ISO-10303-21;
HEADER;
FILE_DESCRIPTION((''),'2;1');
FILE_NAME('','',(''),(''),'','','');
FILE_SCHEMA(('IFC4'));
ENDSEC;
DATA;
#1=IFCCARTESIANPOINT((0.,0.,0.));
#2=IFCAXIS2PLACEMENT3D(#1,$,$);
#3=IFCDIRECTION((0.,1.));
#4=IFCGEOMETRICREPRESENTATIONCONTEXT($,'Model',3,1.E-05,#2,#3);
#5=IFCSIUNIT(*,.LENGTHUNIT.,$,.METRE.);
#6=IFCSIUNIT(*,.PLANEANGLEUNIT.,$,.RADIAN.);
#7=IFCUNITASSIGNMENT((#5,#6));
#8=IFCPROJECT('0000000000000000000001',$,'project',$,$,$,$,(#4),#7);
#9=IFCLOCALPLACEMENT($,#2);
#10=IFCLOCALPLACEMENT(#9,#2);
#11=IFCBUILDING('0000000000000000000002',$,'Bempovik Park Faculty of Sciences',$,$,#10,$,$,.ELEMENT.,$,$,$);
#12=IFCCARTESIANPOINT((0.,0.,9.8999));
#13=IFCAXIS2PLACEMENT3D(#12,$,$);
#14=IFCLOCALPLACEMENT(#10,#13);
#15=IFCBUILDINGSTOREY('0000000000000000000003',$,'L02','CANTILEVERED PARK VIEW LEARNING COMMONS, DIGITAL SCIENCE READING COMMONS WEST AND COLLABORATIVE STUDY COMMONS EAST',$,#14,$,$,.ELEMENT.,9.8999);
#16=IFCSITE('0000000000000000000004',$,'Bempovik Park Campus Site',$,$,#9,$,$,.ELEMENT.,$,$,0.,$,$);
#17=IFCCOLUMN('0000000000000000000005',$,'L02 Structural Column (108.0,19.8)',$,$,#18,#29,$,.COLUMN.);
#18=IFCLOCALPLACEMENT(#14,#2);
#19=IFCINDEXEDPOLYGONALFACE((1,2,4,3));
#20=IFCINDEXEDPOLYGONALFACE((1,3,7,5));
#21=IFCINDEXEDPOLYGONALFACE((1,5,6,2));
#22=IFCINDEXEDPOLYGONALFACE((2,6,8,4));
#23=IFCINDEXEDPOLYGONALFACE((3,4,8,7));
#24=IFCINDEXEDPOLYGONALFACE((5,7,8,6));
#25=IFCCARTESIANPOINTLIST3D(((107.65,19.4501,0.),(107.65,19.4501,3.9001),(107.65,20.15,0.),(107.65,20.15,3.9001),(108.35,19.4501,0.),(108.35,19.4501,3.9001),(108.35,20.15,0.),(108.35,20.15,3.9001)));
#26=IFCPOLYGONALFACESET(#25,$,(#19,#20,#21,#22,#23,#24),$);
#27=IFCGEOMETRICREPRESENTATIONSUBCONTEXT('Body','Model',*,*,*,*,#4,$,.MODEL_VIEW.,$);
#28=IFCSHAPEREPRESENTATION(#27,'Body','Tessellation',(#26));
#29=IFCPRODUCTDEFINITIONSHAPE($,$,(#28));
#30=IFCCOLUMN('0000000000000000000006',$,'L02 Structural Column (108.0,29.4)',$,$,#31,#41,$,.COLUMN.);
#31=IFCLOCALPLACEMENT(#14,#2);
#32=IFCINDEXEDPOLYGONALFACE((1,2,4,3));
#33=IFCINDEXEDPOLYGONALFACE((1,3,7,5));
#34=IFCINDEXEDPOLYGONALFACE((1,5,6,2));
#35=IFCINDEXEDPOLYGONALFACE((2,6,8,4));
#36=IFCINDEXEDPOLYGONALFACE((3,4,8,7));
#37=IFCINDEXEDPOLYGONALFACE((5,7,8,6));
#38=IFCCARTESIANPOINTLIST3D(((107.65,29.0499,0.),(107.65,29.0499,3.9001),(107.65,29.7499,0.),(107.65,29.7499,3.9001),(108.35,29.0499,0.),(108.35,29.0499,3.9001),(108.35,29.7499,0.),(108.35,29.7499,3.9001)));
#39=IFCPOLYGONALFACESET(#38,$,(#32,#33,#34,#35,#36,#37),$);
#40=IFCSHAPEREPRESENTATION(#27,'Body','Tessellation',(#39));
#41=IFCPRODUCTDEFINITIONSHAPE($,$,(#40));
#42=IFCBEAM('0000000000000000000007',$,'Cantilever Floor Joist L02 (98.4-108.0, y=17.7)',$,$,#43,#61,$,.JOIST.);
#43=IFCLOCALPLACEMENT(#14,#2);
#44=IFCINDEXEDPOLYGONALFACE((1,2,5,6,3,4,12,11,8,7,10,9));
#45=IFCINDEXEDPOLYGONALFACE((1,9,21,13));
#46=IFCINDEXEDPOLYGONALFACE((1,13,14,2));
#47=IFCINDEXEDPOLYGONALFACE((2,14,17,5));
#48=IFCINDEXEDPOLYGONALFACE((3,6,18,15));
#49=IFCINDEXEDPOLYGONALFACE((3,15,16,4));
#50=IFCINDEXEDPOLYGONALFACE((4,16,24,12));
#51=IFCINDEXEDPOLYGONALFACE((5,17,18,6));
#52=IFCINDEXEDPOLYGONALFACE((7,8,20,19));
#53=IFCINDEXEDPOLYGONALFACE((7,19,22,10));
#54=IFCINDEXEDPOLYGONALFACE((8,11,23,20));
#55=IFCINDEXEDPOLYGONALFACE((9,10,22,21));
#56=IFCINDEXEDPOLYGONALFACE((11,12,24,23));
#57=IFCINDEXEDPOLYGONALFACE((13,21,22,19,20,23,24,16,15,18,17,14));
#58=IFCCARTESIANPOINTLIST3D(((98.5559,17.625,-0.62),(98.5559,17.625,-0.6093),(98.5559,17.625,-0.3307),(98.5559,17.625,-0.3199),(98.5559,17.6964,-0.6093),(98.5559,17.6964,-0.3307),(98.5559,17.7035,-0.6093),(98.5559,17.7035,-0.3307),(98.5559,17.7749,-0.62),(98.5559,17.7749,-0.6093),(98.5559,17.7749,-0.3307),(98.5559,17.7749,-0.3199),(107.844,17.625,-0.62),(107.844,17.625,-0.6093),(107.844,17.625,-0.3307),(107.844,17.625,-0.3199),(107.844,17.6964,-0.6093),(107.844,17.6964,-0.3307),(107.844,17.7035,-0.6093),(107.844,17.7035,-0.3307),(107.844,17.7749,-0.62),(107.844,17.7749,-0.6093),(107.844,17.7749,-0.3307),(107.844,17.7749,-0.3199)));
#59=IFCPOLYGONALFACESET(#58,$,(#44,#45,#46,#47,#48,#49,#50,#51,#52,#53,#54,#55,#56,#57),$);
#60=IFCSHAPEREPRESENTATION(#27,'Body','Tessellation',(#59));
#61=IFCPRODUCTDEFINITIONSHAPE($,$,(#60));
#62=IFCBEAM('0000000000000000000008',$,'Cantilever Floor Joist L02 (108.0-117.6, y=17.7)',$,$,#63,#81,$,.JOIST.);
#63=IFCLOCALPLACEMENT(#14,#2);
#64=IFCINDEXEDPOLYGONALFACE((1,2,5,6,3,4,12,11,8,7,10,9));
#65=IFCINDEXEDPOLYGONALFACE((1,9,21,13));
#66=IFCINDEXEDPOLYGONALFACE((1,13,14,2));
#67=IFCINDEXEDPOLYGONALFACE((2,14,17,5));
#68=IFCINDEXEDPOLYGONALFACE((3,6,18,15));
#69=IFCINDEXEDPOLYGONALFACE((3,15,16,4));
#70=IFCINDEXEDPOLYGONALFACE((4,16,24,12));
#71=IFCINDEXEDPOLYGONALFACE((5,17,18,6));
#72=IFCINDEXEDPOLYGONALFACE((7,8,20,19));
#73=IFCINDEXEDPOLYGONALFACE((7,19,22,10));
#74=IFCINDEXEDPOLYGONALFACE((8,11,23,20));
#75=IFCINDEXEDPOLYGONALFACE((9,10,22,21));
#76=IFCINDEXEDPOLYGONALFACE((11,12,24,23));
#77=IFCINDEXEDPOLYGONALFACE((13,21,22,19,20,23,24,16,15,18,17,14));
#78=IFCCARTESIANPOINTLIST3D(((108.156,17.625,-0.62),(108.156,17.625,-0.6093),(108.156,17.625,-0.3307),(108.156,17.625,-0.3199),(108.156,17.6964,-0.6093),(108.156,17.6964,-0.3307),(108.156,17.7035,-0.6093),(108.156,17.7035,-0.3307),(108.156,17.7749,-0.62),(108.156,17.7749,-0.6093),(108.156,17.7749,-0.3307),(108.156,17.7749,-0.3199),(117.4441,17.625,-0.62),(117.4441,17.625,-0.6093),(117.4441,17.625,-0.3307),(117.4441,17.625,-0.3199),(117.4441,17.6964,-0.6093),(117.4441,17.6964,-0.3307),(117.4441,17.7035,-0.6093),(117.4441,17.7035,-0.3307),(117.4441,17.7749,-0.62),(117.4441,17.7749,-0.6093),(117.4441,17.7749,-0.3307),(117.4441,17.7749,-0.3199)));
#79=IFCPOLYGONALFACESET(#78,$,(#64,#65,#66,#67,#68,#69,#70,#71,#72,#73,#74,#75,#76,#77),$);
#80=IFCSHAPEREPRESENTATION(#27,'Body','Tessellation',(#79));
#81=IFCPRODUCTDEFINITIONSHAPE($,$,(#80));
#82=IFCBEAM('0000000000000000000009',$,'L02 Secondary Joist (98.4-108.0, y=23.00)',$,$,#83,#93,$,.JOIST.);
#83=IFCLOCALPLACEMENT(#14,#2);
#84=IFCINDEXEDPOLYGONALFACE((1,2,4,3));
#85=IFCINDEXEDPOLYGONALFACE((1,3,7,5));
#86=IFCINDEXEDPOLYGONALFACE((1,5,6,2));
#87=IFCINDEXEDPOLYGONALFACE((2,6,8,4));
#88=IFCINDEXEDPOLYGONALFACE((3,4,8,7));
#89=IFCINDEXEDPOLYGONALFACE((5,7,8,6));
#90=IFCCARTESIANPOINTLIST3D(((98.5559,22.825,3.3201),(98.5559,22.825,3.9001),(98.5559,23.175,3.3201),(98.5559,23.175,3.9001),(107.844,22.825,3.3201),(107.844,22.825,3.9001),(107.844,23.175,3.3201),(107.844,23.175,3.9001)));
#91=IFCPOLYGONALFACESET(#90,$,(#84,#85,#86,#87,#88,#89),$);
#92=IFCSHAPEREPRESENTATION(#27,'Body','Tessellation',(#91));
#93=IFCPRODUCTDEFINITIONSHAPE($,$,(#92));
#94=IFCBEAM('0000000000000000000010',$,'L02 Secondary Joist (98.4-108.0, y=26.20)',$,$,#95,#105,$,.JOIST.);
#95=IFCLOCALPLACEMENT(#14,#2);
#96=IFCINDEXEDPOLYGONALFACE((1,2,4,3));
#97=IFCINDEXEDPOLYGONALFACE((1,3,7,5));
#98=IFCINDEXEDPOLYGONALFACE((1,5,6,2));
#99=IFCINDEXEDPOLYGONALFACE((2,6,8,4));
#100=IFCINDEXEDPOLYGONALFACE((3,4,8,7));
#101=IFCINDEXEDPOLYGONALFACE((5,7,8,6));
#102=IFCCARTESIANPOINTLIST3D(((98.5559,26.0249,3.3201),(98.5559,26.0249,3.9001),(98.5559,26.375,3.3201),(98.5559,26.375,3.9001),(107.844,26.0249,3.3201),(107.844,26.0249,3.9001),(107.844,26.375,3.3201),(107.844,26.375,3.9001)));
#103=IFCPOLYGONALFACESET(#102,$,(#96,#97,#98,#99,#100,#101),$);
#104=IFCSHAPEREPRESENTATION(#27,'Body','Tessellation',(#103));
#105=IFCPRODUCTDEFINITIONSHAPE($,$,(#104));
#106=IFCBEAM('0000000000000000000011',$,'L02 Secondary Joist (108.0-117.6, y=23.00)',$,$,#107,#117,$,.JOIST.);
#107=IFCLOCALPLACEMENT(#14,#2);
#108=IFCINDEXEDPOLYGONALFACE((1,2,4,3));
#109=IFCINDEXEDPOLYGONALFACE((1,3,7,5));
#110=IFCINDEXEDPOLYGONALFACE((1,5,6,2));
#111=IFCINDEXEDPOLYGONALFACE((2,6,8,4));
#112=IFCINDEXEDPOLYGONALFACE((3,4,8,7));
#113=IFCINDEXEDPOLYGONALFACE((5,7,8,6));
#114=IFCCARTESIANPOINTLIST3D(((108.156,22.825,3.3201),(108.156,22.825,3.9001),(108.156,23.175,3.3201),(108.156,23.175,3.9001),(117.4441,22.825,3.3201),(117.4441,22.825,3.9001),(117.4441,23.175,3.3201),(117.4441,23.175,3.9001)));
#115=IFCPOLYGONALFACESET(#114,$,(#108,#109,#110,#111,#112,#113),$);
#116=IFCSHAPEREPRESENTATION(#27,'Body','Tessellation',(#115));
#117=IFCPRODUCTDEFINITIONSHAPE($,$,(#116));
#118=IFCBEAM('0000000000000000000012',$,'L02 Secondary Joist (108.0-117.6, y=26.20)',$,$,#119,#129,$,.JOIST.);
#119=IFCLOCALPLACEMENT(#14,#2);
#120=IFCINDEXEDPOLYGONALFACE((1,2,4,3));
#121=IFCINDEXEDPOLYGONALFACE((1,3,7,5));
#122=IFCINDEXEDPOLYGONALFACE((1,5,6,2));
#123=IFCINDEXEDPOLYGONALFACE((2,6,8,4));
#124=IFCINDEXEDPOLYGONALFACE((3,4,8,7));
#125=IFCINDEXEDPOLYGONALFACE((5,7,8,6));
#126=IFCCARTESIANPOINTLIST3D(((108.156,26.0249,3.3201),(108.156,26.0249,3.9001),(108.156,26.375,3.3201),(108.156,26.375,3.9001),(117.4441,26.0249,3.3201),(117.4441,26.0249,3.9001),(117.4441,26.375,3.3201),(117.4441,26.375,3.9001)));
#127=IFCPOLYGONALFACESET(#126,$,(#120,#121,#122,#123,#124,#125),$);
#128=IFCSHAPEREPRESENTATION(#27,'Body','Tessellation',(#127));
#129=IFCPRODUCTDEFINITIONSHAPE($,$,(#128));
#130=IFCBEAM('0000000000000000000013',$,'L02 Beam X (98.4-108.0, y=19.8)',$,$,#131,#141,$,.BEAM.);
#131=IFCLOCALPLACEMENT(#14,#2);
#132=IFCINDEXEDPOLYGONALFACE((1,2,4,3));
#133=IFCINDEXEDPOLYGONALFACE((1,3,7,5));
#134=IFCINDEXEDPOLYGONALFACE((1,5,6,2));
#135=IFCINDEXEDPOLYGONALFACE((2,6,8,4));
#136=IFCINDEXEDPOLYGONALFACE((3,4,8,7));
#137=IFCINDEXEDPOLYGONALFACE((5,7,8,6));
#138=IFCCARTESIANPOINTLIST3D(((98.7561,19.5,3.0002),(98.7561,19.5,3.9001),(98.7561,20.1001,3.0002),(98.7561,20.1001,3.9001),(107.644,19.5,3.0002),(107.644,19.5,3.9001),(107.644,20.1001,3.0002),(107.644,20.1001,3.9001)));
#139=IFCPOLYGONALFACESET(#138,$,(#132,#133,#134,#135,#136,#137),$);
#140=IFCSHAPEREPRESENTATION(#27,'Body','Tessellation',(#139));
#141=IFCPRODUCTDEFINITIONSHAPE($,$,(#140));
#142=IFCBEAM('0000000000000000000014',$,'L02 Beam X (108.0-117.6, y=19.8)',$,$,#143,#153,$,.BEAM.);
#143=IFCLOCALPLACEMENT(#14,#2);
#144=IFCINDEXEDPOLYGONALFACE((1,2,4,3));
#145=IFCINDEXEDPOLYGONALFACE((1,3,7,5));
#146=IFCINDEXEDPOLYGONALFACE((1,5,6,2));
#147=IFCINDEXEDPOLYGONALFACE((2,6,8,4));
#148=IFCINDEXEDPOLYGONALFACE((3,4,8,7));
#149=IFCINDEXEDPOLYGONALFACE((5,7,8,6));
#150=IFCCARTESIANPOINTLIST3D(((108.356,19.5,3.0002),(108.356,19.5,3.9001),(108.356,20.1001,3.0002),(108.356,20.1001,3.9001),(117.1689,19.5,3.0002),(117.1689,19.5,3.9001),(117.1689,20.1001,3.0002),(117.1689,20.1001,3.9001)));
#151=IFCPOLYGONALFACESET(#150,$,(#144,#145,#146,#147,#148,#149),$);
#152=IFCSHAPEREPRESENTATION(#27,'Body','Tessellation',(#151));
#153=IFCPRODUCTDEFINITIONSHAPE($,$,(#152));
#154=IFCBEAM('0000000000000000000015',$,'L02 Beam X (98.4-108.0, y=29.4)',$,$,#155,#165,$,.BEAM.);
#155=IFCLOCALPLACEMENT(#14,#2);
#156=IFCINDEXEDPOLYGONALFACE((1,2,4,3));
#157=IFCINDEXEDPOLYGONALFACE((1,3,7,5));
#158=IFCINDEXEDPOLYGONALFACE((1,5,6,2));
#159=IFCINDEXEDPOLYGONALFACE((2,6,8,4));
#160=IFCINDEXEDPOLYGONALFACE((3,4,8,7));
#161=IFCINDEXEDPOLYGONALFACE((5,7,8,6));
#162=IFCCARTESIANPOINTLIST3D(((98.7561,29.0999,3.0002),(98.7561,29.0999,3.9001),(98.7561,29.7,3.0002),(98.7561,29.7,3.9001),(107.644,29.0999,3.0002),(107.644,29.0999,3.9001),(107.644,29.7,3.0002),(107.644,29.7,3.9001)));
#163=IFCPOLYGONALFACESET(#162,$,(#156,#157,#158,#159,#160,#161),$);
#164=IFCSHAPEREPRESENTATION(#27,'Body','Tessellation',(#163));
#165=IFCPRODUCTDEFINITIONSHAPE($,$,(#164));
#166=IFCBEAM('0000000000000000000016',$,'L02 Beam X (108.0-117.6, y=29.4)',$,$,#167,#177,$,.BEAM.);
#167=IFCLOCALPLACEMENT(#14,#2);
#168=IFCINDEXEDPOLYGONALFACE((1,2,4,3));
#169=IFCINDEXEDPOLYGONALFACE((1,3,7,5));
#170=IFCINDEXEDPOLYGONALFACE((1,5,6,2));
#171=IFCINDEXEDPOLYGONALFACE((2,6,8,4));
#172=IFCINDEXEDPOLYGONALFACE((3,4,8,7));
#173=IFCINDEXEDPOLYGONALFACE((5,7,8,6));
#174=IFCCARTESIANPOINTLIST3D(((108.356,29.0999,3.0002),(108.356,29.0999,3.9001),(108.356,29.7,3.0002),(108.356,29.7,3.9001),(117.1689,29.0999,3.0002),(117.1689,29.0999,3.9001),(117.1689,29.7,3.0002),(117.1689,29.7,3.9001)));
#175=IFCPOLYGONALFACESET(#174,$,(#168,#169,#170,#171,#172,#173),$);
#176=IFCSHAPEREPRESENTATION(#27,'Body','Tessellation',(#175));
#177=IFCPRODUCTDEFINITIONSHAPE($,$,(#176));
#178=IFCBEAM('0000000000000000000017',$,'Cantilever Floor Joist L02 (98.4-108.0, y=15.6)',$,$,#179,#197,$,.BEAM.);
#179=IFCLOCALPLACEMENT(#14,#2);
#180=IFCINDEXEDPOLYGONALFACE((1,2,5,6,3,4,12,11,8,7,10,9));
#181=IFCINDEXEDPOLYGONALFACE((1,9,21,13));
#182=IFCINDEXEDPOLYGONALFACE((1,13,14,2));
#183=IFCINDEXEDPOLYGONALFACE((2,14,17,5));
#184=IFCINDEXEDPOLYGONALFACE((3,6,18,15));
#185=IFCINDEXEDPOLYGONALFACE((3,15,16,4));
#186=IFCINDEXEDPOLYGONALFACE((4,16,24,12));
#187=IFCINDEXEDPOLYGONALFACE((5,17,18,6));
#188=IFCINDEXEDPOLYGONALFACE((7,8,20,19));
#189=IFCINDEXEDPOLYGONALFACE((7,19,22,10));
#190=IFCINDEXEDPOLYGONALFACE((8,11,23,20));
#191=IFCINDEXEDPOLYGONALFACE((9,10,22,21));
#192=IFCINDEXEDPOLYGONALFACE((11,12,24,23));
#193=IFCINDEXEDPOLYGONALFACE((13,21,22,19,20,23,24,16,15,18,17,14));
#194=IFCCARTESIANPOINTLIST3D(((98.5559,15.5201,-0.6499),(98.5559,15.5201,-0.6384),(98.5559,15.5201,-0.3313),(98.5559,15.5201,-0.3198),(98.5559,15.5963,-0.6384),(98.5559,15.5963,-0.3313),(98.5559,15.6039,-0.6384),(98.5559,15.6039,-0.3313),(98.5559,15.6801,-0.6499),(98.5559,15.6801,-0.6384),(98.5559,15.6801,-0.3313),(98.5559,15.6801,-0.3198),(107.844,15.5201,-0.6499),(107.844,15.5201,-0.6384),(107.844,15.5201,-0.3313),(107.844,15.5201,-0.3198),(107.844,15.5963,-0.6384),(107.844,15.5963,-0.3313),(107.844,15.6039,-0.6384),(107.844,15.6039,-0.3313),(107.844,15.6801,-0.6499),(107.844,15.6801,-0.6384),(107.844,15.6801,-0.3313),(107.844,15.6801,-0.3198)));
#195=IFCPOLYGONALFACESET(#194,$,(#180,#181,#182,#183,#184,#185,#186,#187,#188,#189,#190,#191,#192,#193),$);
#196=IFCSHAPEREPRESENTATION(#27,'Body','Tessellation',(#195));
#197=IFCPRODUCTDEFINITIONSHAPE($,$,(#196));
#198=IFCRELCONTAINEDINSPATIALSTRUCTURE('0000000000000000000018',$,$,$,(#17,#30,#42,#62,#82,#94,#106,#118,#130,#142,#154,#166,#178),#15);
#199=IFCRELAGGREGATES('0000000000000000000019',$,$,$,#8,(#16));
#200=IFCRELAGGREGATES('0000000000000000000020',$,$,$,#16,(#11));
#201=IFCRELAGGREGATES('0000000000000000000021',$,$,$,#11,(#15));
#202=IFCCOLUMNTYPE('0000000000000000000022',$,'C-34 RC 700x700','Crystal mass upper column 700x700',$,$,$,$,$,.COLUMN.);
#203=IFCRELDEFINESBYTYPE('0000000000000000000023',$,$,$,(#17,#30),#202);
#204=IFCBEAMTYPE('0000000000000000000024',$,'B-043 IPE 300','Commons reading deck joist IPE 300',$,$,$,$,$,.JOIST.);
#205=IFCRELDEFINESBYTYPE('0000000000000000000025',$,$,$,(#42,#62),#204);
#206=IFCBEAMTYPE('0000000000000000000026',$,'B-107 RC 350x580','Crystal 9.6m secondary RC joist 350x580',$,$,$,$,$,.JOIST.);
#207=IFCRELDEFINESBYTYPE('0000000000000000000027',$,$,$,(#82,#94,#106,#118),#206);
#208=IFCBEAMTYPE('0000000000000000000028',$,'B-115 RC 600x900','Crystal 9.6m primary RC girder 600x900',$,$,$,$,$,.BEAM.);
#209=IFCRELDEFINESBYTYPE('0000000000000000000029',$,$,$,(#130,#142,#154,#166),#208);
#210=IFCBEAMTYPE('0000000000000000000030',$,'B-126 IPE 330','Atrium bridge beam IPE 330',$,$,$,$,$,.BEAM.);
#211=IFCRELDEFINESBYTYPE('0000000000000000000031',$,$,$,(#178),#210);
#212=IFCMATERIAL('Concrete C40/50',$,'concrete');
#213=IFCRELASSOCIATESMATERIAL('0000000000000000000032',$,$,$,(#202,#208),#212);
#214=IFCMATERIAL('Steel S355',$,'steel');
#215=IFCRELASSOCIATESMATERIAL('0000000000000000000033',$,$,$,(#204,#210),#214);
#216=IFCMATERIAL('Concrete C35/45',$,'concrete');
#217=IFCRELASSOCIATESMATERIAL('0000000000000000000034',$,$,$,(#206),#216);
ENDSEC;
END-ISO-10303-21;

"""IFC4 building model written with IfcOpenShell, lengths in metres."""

from ifc_helpers import new_model, si_unit, direction, frame, origin, origin_2d, place, context, subcontext, project, spatial, rectangle, i_section, extrude, material, material_profile, profile_set, type_object, element, save


model = new_model("IFC4")

# Units and contexts
model_context = context("Model", 3, precision=1e-05, world=origin(), true_north=direction((0.0, 1.0)))
body_context = subcontext(model_context, "Body", "Model", "MODEL_VIEW")
ifc_project = project(units=[si_unit("LENGTHUNIT", "METRE"), si_unit("PLANEANGLEUNIT", "RADIAN")], contexts=[model_context])

# Site, building, storey
site_placement = place(None, origin())
site = spatial("IfcSite", under=ifc_project, at=site_placement, Name="Bempovik Park Campus Site", CompositionType="ELEMENT", RefElevation=0.0)
building_placement = place(site_placement, origin())
building = spatial("IfcBuilding", under=site, at=building_placement, Name="Bempovik Park Faculty of Sciences", CompositionType="ELEMENT")
storey_placement = place(building_placement, frame((0.0, 0.0, 9.8999)))
storey = spatial("IfcBuildingStorey", under=building, at=storey_placement, Name="L02", Description="CANTILEVERED PARK VIEW LEARNING COMMONS, DIGITAL SCIENCE READING COMMONS WEST AND COLLABORATIVE STUDY COMMONS EAST", CompositionType="ELEMENT", Elevation=9.8999)

# Columns
ifc_material_1 = material(Name="Concrete C40/50", Category="concrete")
ifc_material_profile_1 = material_profile(ifc_material_1, rectangle(XDim=0.7, YDim=0.7, at=origin_2d()), Name="RC 700x700")
ifc_profile_set_1 = profile_set([ifc_material_profile_1], Name="Concrete C40/50")
column_type = type_object("IfcColumnType", Name="C-34 RC 700x700", Description="Crystal mass upper column 700x700", PredefinedType="COLUMN", material=ifc_profile_set_1)
for number, where, z_axis, x_axis, name in (
    (1, (108.0, 19.8, 0.0), (0.0, 0.0, 1.0), (1.0, 0.0, 0.0), "L02 Structural Column (108.0,19.8)"),
    (2, (108.0, 29.3999, 0.0), (0.0, 0.0, 1.0), (1.0, 0.0, 0.0), "L02 Structural Column (108.0,29.4)"),
):
    element("IfcColumn", number, at=place(storey_placement, frame(where, z_axis=z_axis, x_axis=x_axis)), inside=storey, type_object=column_type, Name=name, PredefinedType="COLUMN", context=body_context, shape_type="SweptSolid", body=[
        extrude(rectangle(XDim=0.7, YDim=0.7, at=origin_2d()), origin(), (0.0, 0.0, 1.0), 3.9001),
    ])

# Beams
ifc_material_2 = material(Name="Steel S355", Category="steel")
ifc_material_profile_2 = material_profile(ifc_material_2, i_section(OverallWidth=0.1499, OverallDepth=0.3, WebThickness=0.0071, FlangeThickness=0.0107, at=origin_2d()), Name="IPE 300")
ifc_profile_set_2 = profile_set([ifc_material_profile_2], Name="Steel S355")
beam_type_1 = type_object("IfcBeamType", Name="B-043 IPE 300", Description="Commons reading deck joist IPE 300", PredefinedType="JOIST", material=ifc_profile_set_2)
for number, where, z_axis, x_axis, name in (
    (3, (98.5559, 17.7, -0.47), (1.0, 0.0, 0.0), (0.0, 1.0, 0.0), "Cantilever Floor Joist L02 (98.4-108.0, y=17.7)"),
    (4, (108.156, 17.7, -0.47), (1.0, 0.0, 0.0), (0.0, 1.0, 0.0), "Cantilever Floor Joist L02 (108.0-117.6, y=17.7)"),
):
    element("IfcBeam", number, at=place(storey_placement, frame(where, z_axis=z_axis, x_axis=x_axis)), inside=storey, type_object=beam_type_1, Name=name, PredefinedType="JOIST", context=body_context, shape_type="SweptSolid", body=[
        extrude(i_section(OverallWidth=0.1499, OverallDepth=0.3, WebThickness=0.0071, FlangeThickness=0.0107, at=origin_2d()), origin(), (0.0, 0.0, 1.0), 9.2881),
    ])
ifc_material_3 = material(Name="Concrete C35/45", Category="concrete")
ifc_material_profile_3 = material_profile(ifc_material_3, rectangle(XDim=0.3501, YDim=0.5801, at=origin_2d()), Name="RC 350x580")
ifc_profile_set_3 = profile_set([ifc_material_profile_3], Name="Concrete C35/45")
beam_type_2 = type_object("IfcBeamType", Name="B-107 RC 350x580", Description="Crystal 9.6m secondary RC joist 350x580", PredefinedType="JOIST", material=ifc_profile_set_3)
for number, where, z_axis, x_axis, name in (
    (5, (98.5559, 23.0, 3.6101), (1.0, 0.0, 0.0), (0.0, 1.0, 0.0), "L02 Secondary Joist (98.4-108.0, y=23.00)"),
    (6, (98.5559, 26.2, 3.6101), (1.0, 0.0, 0.0), (0.0, 1.0, 0.0), "L02 Secondary Joist (98.4-108.0, y=26.20)"),
    (7, (108.156, 23.0, 3.6101), (1.0, 0.0, 0.0), (0.0, 1.0, 0.0), "L02 Secondary Joist (108.0-117.6, y=23.00)"),
    (8, (108.156, 26.2, 3.6101), (1.0, 0.0, 0.0), (0.0, 1.0, 0.0), "L02 Secondary Joist (108.0-117.6, y=26.20)"),
):
    element("IfcBeam", number, at=place(storey_placement, frame(where, z_axis=z_axis, x_axis=x_axis)), inside=storey, type_object=beam_type_2, Name=name, PredefinedType="JOIST", context=body_context, shape_type="SweptSolid", body=[
        extrude(rectangle(XDim=0.3501, YDim=0.5801, at=origin_2d()), origin(), (0.0, 0.0, 1.0), 9.2881),
    ])
ifc_material_profile_4 = material_profile(ifc_material_1, rectangle(XDim=0.6001, YDim=0.8999, at=origin_2d()), Name="RC 600x900")
ifc_profile_set_4 = profile_set([ifc_material_profile_4], Name="Concrete C40/50")
beam_type_3 = type_object("IfcBeamType", Name="B-115 RC 600x900", Description="Crystal 9.6m primary RC girder 600x900", PredefinedType="BEAM", material=ifc_profile_set_4)
beam_1_placement = place(storey_placement, frame((98.7561, 19.8, 3.4502), z_axis=(1.0, 0.0, 0.0), x_axis=(0.0, 1.0, 0.0)))
element("IfcBeam", 9, at=beam_1_placement, inside=storey, type_object=beam_type_3, Name="L02 Beam X (98.4-108.0, y=19.8)", PredefinedType="BEAM", context=body_context, shape_type="SweptSolid", body=[
    extrude(rectangle(XDim=0.6001, YDim=0.8999, at=origin_2d()), origin(), (0.0, 0.0, 1.0), 8.8879),
])
beam_2_placement = place(storey_placement, frame((108.356, 19.8, 3.4502), z_axis=(1.0, 0.0, 0.0), x_axis=(0.0, 1.0, 0.0)))
element("IfcBeam", 10, at=beam_2_placement, inside=storey, type_object=beam_type_3, Name="L02 Beam X (108.0-117.6, y=19.8)", PredefinedType="BEAM", context=body_context, shape_type="SweptSolid", body=[
    extrude(rectangle(XDim=0.6001, YDim=0.8999, at=origin_2d()), origin(), (0.0, 0.0, 1.0), 8.813),
])
beam_3_placement = place(storey_placement, frame((98.7561, 29.3999, 3.4502), z_axis=(1.0, 0.0, 0.0), x_axis=(0.0, 1.0, 0.0)))
element("IfcBeam", 11, at=beam_3_placement, inside=storey, type_object=beam_type_3, Name="L02 Beam X (98.4-108.0, y=29.4)", PredefinedType="BEAM", context=body_context, shape_type="SweptSolid", body=[
    extrude(rectangle(XDim=0.6001, YDim=0.8999, at=origin_2d()), origin(), (0.0, 0.0, 1.0), 8.8879),
])
beam_4_placement = place(storey_placement, frame((108.356, 29.3999, 3.4502), z_axis=(1.0, 0.0, 0.0), x_axis=(0.0, 1.0, 0.0)))
element("IfcBeam", 12, at=beam_4_placement, inside=storey, type_object=beam_type_3, Name="L02 Beam X (108.0-117.6, y=29.4)", PredefinedType="BEAM", context=body_context, shape_type="SweptSolid", body=[
    extrude(rectangle(XDim=0.6001, YDim=0.8999, at=origin_2d()), origin(), (0.0, 0.0, 1.0), 8.813),
])
ifc_material_profile_5 = material_profile(ifc_material_2, i_section(OverallWidth=0.1599, OverallDepth=0.3301, WebThickness=0.0076, FlangeThickness=0.0115, at=origin_2d()), Name="IPE 330")
ifc_profile_set_5 = profile_set([ifc_material_profile_5], Name="Steel S355")
beam_type_4 = type_object("IfcBeamType", Name="B-126 IPE 330", Description="Atrium bridge beam IPE 330", PredefinedType="BEAM", material=ifc_profile_set_5)
for number, where, z_axis, x_axis, name in (
    (13, (98.5559, 15.6001, -0.4849), (1.0, 0.0, 0.0), (0.0, 1.0, 0.0), "Cantilever Floor Joist L02 (98.4-108.0, y=15.6)"),
):
    element("IfcBeam", number, at=place(storey_placement, frame(where, z_axis=z_axis, x_axis=x_axis)), inside=storey, type_object=beam_type_4, Name=name, PredefinedType="BEAM", context=body_context, shape_type="SweptSolid", body=[
        extrude(i_section(OverallWidth=0.1599, OverallDepth=0.3301, WebThickness=0.0076, FlangeThickness=0.0115, at=origin_2d()), origin(), (0.0, 0.0, 1.0), 9.2881),
    ])

save(model, "model.ifc")
